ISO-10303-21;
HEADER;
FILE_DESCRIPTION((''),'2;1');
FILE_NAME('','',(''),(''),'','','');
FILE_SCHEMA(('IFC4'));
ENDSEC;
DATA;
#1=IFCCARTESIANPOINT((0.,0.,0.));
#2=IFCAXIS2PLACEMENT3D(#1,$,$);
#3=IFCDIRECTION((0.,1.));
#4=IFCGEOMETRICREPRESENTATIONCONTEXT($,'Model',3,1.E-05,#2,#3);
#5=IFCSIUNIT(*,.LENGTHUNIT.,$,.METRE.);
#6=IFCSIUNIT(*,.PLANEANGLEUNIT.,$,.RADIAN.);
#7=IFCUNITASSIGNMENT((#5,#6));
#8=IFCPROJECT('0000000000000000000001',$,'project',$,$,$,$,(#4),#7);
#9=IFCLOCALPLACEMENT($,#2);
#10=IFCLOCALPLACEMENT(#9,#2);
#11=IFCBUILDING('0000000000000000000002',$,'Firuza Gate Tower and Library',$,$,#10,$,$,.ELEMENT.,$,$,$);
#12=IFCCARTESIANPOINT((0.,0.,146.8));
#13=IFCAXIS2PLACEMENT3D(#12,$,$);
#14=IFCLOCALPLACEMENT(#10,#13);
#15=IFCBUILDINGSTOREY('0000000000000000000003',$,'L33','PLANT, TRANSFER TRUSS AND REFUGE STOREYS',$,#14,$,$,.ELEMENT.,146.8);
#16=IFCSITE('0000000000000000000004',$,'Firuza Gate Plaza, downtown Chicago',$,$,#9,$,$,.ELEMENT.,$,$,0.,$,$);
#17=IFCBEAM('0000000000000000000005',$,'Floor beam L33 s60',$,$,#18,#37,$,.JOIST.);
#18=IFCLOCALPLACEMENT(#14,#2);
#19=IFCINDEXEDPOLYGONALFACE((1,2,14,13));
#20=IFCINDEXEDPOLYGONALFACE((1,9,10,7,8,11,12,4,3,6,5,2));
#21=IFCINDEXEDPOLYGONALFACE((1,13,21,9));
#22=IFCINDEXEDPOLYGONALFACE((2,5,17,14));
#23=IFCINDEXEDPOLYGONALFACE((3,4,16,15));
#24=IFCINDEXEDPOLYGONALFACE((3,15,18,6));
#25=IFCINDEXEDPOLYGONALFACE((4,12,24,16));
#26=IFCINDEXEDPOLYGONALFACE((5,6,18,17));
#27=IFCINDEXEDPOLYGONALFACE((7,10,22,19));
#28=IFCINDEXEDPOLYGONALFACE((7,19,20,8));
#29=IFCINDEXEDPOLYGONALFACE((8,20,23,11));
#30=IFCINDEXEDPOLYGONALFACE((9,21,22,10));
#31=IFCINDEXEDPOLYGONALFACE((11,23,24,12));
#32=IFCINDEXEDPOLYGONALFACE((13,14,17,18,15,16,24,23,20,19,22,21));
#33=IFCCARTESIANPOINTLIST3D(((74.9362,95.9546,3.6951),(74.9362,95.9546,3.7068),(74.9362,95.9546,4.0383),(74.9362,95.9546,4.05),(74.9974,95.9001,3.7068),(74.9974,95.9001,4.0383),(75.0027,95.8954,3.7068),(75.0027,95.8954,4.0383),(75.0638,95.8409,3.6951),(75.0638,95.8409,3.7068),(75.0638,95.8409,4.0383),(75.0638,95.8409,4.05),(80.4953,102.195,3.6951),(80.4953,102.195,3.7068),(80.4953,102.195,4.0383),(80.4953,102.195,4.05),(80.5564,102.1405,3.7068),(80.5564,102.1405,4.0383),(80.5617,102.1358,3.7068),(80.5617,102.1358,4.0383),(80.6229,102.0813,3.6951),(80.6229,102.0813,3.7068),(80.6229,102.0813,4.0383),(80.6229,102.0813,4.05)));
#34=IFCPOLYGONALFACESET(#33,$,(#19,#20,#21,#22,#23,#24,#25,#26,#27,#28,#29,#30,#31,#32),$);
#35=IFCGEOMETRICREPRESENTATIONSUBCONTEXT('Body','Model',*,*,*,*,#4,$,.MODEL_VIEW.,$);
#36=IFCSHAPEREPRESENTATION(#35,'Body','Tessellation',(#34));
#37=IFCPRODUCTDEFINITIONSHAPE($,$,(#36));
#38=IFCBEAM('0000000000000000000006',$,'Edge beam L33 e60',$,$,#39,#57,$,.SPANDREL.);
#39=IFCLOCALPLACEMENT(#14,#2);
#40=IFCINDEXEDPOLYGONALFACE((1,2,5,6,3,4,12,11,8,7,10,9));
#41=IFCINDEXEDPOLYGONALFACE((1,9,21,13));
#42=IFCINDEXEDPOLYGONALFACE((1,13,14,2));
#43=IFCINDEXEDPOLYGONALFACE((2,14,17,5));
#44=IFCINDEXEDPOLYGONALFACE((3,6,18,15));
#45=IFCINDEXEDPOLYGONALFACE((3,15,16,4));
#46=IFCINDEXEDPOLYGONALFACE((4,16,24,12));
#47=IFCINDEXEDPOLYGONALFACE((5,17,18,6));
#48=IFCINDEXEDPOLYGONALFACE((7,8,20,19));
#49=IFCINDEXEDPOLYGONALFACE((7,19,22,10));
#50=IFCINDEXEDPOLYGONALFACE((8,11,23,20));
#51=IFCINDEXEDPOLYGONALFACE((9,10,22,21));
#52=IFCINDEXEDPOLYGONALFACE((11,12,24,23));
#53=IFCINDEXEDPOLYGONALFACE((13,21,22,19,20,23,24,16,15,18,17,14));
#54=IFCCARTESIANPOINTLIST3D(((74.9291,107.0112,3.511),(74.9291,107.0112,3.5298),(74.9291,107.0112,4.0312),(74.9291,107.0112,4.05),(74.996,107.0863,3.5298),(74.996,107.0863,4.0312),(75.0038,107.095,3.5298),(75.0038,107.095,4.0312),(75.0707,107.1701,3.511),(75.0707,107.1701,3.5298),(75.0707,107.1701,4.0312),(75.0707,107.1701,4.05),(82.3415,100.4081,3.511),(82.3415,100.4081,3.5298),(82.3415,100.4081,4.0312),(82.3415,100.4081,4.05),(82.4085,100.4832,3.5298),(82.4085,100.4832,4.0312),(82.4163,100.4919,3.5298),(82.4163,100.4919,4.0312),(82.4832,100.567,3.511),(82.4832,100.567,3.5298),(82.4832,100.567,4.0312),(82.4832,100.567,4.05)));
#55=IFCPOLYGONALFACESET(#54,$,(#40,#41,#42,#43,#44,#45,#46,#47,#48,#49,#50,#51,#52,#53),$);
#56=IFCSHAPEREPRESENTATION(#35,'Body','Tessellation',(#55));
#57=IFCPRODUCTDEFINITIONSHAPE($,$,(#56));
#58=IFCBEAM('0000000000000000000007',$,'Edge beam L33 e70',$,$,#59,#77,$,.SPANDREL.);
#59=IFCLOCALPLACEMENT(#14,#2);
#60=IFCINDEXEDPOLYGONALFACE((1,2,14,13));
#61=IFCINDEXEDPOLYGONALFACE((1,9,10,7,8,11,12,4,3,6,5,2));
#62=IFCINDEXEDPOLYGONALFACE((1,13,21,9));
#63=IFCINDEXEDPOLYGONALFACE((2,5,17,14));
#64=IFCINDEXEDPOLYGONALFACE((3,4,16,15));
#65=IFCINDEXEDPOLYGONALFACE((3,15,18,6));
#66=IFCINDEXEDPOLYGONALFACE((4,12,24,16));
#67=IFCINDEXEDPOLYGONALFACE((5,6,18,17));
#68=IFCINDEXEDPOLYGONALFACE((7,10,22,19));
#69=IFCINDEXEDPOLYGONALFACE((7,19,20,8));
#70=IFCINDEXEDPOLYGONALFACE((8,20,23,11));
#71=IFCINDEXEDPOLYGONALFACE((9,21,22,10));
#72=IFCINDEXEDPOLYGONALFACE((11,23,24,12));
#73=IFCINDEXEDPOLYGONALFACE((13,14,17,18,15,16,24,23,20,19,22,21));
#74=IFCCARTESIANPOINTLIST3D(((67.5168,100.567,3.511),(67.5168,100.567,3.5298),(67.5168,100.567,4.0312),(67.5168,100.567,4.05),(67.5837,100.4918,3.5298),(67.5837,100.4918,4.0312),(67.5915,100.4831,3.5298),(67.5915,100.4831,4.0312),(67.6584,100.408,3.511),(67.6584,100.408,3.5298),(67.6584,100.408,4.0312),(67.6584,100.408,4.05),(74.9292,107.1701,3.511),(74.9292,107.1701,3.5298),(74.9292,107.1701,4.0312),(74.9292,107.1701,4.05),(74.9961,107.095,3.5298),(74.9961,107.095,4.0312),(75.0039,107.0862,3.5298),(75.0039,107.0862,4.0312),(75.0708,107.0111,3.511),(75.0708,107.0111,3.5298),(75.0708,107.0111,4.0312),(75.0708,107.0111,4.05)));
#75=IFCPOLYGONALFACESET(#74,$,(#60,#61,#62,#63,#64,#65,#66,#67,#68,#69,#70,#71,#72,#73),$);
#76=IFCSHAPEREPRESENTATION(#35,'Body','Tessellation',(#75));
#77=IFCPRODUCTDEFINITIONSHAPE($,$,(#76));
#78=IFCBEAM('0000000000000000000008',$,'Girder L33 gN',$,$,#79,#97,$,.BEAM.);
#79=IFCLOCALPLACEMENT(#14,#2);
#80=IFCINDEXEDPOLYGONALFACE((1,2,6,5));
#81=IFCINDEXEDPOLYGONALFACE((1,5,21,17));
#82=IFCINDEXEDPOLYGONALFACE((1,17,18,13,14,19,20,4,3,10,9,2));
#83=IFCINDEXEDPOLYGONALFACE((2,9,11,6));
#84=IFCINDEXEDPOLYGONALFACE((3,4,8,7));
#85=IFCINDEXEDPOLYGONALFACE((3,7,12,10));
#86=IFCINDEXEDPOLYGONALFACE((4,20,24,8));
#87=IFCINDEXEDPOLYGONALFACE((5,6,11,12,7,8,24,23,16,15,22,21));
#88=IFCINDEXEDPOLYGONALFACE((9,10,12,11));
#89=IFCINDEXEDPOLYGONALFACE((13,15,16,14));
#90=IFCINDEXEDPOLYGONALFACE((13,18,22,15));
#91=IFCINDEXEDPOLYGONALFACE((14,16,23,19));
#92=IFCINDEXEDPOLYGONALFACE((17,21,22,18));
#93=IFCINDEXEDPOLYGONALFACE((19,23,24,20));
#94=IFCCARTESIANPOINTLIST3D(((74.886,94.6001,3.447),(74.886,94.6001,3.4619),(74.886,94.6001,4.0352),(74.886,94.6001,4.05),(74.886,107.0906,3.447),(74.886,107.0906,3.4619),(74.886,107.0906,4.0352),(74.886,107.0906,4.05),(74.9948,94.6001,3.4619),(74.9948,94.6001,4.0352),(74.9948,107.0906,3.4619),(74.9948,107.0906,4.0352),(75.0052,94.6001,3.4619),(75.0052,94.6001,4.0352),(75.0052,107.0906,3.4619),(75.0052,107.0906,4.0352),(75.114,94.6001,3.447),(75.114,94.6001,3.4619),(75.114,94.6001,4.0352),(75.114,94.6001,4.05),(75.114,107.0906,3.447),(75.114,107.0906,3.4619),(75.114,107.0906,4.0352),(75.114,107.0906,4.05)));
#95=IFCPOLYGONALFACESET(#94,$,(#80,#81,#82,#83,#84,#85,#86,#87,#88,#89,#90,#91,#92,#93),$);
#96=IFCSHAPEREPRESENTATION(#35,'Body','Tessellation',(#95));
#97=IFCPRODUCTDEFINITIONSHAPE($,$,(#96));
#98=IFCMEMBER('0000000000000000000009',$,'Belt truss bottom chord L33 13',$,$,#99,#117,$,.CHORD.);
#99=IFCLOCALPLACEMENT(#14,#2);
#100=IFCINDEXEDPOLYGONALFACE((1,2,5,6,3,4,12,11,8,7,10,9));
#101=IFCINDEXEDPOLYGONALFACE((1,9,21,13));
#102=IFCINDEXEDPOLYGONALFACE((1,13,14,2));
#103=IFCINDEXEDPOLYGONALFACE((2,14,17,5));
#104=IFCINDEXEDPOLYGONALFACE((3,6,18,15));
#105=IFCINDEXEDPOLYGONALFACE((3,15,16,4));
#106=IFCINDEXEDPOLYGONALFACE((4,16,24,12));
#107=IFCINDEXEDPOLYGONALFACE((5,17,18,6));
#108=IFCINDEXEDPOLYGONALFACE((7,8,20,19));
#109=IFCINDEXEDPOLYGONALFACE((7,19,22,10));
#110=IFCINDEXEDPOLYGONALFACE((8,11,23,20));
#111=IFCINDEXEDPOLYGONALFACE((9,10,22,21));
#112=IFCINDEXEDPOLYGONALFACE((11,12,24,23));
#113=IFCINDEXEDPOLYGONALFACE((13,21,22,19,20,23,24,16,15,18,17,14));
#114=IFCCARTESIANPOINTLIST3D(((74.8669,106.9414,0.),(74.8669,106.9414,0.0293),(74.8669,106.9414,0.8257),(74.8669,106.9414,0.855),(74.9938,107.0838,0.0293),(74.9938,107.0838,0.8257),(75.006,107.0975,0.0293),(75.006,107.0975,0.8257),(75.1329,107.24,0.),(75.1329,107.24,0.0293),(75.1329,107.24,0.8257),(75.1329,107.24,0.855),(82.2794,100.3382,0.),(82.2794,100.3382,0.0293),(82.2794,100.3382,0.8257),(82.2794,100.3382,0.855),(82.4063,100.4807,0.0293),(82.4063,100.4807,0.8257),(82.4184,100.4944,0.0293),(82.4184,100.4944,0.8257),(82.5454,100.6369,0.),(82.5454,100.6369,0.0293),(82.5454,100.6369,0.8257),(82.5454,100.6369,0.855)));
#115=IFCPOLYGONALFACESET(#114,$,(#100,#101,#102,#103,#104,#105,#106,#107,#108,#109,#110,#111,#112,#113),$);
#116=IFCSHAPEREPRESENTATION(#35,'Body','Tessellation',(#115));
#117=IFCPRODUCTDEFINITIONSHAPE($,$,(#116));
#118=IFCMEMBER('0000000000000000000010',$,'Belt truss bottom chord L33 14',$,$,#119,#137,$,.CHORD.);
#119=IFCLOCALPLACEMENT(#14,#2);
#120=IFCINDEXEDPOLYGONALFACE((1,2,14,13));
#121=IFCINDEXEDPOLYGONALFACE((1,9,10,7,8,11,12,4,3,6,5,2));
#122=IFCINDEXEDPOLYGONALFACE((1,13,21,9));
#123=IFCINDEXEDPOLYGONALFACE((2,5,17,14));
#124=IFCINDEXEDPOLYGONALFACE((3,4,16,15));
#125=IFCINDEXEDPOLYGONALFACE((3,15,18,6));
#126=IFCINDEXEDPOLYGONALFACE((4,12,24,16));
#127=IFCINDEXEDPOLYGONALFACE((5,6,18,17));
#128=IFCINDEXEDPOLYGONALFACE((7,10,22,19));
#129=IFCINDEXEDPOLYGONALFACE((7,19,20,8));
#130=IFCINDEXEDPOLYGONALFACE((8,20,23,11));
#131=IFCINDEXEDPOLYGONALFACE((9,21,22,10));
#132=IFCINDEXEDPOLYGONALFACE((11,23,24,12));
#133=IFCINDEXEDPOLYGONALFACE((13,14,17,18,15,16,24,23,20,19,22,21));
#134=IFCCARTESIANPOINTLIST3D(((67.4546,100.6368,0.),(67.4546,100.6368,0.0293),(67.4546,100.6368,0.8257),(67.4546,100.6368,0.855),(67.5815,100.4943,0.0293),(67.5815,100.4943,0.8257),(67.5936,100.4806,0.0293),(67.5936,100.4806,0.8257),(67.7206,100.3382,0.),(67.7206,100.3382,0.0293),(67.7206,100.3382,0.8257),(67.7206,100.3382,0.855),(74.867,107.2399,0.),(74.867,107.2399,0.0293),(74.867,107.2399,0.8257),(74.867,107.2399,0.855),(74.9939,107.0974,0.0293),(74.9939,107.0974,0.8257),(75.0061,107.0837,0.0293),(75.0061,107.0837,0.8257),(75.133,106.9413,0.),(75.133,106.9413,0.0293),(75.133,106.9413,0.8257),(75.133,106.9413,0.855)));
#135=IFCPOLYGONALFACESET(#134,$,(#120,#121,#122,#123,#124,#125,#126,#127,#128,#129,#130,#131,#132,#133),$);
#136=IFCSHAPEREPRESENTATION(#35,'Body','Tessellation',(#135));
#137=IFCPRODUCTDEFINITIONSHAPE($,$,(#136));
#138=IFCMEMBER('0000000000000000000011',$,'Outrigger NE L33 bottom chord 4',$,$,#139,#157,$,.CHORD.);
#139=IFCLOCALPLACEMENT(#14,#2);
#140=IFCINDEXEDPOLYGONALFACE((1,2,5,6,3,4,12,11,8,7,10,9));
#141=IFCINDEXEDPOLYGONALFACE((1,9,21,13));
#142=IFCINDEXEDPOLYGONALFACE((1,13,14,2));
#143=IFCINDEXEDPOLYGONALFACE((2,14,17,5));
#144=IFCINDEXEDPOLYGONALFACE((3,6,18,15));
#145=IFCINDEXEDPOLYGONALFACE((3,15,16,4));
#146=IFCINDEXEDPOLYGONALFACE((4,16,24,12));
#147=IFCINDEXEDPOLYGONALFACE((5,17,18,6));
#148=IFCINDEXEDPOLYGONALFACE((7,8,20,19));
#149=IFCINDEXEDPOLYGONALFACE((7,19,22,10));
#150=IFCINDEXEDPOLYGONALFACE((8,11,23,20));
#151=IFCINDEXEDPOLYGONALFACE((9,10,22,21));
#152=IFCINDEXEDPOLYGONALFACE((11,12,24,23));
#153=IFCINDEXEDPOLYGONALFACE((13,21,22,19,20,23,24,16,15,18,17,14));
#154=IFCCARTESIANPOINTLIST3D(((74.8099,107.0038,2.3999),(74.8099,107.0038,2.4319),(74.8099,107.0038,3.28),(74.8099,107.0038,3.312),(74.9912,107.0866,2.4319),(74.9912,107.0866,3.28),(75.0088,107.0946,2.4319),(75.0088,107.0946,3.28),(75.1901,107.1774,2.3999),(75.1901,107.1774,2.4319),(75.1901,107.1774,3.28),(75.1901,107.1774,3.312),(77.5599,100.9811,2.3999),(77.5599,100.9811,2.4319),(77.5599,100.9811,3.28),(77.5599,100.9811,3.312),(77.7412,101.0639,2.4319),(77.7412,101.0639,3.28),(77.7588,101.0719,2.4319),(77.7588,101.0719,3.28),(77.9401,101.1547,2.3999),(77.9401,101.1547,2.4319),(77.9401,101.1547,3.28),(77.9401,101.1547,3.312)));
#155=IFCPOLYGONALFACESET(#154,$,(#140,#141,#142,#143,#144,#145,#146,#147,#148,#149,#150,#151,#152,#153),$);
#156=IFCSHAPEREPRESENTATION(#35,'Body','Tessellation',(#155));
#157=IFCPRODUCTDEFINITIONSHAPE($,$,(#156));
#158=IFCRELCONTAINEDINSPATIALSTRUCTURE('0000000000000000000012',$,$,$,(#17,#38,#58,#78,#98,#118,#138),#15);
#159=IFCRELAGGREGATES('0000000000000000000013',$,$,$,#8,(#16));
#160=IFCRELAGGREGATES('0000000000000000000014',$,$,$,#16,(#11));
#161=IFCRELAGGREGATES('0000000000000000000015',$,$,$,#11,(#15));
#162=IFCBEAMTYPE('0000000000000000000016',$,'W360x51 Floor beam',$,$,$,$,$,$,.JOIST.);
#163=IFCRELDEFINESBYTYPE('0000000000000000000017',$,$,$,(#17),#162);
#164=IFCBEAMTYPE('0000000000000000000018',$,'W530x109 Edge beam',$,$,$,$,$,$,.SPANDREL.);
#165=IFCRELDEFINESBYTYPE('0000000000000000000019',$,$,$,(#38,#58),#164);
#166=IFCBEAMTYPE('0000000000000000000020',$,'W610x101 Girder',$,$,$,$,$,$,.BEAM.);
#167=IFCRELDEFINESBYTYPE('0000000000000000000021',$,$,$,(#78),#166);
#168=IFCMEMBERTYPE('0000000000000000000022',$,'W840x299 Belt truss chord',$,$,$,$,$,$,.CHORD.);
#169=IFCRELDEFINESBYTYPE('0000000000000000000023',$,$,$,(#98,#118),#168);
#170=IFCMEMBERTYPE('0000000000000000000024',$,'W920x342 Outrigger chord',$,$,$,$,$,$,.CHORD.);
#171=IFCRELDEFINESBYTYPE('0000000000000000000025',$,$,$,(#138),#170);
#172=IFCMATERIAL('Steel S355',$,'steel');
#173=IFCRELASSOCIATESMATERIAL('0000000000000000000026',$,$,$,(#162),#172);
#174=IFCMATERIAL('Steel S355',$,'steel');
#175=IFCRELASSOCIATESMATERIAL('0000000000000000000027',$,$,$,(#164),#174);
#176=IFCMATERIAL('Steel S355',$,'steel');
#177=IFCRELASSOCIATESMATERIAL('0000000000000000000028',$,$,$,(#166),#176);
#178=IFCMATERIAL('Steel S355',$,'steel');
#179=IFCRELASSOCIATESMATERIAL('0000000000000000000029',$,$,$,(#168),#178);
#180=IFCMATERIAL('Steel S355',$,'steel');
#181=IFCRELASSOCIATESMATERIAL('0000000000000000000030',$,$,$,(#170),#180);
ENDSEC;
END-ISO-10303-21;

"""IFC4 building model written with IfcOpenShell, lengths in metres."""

from ifc_helpers import new_model, si_unit, direction, frame, origin, origin_2d, place, context, subcontext, project, spatial, i_section, extrude, material, material_profile, profile_set, type_object, element, save


model = new_model("IFC4")

# Units and contexts
model_context = context("Model", 3, precision=1e-05, world=origin(), true_north=direction((0.0, 1.0)))
body_context = subcontext(model_context, "Body", "Model", "MODEL_VIEW")
ifc_project = project(units=[si_unit("LENGTHUNIT", "METRE"), si_unit("PLANEANGLEUNIT", "RADIAN")], contexts=[model_context])

# Site, building, storey
site_placement = place(None, origin())
site = spatial("IfcSite", under=ifc_project, at=site_placement, Name="Firuza Gate Plaza, downtown Chicago", CompositionType="ELEMENT", RefElevation=0.0)
building_placement = place(site_placement, origin())
building = spatial("IfcBuilding", under=site, at=building_placement, Name="Firuza Gate Tower and Library", CompositionType="ELEMENT")
storey_placement = place(building_placement, frame((0.0, 0.0, 146.8)))
storey = spatial("IfcBuildingStorey", under=building, at=storey_placement, Name="L33", Description="PLANT, TRANSFER TRUSS AND REFUGE STOREYS", CompositionType="ELEMENT", Elevation=146.8)

# Beams
ifc_material_1 = material(Name="Steel S355", Category="steel")
ifc_material_profile_1 = material_profile(ifc_material_1, i_section(OverallWidth=0.1709, OverallDepth=0.355, WebThickness=0.0071, FlangeThickness=0.0117, at=origin_2d()))
ifc_profile_set_1 = profile_set([ifc_material_profile_1], Name="Steel S355")
beam_type_1 = type_object("IfcBeamType", Name="W360x51 Floor beam", PredefinedType="JOIST", material=ifc_profile_set_1)
beam_1_placement = place(storey_placement, frame((80.5591, 102.1382, 3.8726), z_axis=(-0.665165, -0.746697, 0.0), x_axis=(0.746697, -0.665165, 0.0)))
element("IfcBeam", 1, at=beam_1_placement, inside=storey, type_object=beam_type_1, Name="Floor beam L33 s60", PredefinedType="JOIST", context=body_context, shape_type="SweptSolid", body=[
    extrude(i_section(OverallWidth=0.1709, OverallDepth=0.355, WebThickness=0.0071, FlangeThickness=0.0117, at=origin_2d()), origin(), (0.0, 0.0, 1.0), 8.3574),
])
ifc_material_2 = material(Name="Steel S355", Category="steel")
ifc_material_profile_2 = material_profile(ifc_material_2, i_section(OverallWidth=0.2129, OverallDepth=0.5391, WebThickness=0.0117, FlangeThickness=0.0188, at=origin_2d()))
ifc_profile_set_2 = profile_set([ifc_material_profile_2], Name="Steel S355")
beam_type_2 = type_object("IfcBeamType", Name="W530x109 Edge beam", PredefinedType="SPANDREL", material=ifc_profile_set_2)
for number, where, z_axis, x_axis, name in (
    (2, (82.4124, 100.4875, 3.7805), (-0.746695, 0.665166, 0.0), (-0.665166, -0.746695, 0.0), "Edge beam L33 e60"),
    (3, (75.0, 107.0906, 3.7805), (-0.746695, -0.665166, 0.0), (0.665166, -0.746695, 0.0), "Edge beam L33 e70"),
):
    element("IfcBeam", number, at=place(storey_placement, frame(where, z_axis=z_axis, x_axis=x_axis)), inside=storey, type_object=beam_type_2, Name=name, PredefinedType="SPANDREL", context=body_context, shape_type="SweptSolid", body=[
        extrude(i_section(OverallWidth=0.2129, OverallDepth=0.5391, WebThickness=0.0117, FlangeThickness=0.0188, at=origin_2d()), origin(), (0.0, 0.0, 1.0), 9.927),
    ])
ifc_material_3 = material(Name="Steel S355", Category="steel")
ifc_material_profile_3 = material_profile(ifc_material_3, i_section(OverallWidth=0.228, OverallDepth=0.603, WebThickness=0.0105, FlangeThickness=0.0149, at=origin_2d()))
ifc_profile_set_3 = profile_set([ifc_material_profile_3], Name="Steel S355")
beam_type_3 = type_object("IfcBeamType", Name="W610x101 Girder", PredefinedType="BEAM", material=ifc_profile_set_3)
beam_2_placement = place(storey_placement, frame((75.0, 107.0906, 3.7485), z_axis=(0.0, -1.0, 0.0), x_axis=(1.0, 0.0, 0.0)))
element("IfcBeam", 4, at=beam_2_placement, inside=storey, type_object=beam_type_3, Name="Girder L33 gN", PredefinedType="BEAM", context=body_context, shape_type="SweptSolid", body=[
    extrude(i_section(OverallWidth=0.228, OverallDepth=0.603, WebThickness=0.0105, FlangeThickness=0.0149, at=origin_2d()), origin(), (0.0, 0.0, 1.0), 12.4905),
])

# Members
ifc_material_4 = material(Name="Steel S355", Category="steel")
ifc_material_profile_4 = material_profile(ifc_material_4, i_section(OverallWidth=0.3999, OverallDepth=0.855, WebThickness=0.0183, FlangeThickness=0.0293, at=origin_2d()))
ifc_profile_set_4 = profile_set([ifc_material_profile_4], Name="Steel S355")
member_type_1 = type_object("IfcMemberType", Name="W840x299 Belt truss chord", PredefinedType="CHORD", material=ifc_profile_set_4)
for number, where, z_axis, x_axis, name in (
    (5, (82.4124, 100.4875, 0.4275), (-0.746695, 0.665166, 0.0), (-0.665166, -0.746695, 0.0), "Belt truss bottom chord L33 13"),
    (6, (75.0, 107.0906, 0.4275), (-0.746695, -0.665166, 0.0), (0.665166, -0.746695, 0.0), "Belt truss bottom chord L33 14"),
):
    element("IfcMember", number, at=place(storey_placement, frame(where, z_axis=z_axis, x_axis=x_axis)), inside=storey, type_object=member_type_1, Name=name, PredefinedType="CHORD", context=body_context, shape_type="SweptSolid", body=[
        extrude(i_section(OverallWidth=0.3999, OverallDepth=0.855, WebThickness=0.0183, FlangeThickness=0.0293, at=origin_2d()), origin(), (0.0, 0.0, 1.0), 9.927),
    ])
ifc_material_5 = material(Name="Steel S355", Category="steel")
ifc_material_profile_5 = material_profile(ifc_material_5, i_section(OverallWidth=0.418, OverallDepth=0.9121, WebThickness=0.0193, FlangeThickness=0.032, at=origin_2d()))
ifc_profile_set_5 = profile_set([ifc_material_profile_5], Name="Steel S355")
member_type_2 = type_object("IfcMemberType", Name="W920x342 Outrigger chord", PredefinedType="CHORD", material=ifc_profile_set_5)
member_1_placement = place(storey_placement, frame((77.75, 101.0679, 2.856), z_axis=(-0.415355, 0.909659, 0.0), x_axis=(-0.909659, -0.415355, 0.0)))
element("IfcMember", 7, at=member_1_placement, inside=storey, type_object=member_type_2, Name="Outrigger NE L33 bottom chord 4", PredefinedType="CHORD", context=body_context, shape_type="SweptSolid", body=[
    extrude(i_section(OverallWidth=0.418, OverallDepth=0.9121, WebThickness=0.0193, FlangeThickness=0.032, at=origin_2d()), origin(), (0.0, 0.0, 1.0), 6.6208),
])

save(model, "model.ifc")
